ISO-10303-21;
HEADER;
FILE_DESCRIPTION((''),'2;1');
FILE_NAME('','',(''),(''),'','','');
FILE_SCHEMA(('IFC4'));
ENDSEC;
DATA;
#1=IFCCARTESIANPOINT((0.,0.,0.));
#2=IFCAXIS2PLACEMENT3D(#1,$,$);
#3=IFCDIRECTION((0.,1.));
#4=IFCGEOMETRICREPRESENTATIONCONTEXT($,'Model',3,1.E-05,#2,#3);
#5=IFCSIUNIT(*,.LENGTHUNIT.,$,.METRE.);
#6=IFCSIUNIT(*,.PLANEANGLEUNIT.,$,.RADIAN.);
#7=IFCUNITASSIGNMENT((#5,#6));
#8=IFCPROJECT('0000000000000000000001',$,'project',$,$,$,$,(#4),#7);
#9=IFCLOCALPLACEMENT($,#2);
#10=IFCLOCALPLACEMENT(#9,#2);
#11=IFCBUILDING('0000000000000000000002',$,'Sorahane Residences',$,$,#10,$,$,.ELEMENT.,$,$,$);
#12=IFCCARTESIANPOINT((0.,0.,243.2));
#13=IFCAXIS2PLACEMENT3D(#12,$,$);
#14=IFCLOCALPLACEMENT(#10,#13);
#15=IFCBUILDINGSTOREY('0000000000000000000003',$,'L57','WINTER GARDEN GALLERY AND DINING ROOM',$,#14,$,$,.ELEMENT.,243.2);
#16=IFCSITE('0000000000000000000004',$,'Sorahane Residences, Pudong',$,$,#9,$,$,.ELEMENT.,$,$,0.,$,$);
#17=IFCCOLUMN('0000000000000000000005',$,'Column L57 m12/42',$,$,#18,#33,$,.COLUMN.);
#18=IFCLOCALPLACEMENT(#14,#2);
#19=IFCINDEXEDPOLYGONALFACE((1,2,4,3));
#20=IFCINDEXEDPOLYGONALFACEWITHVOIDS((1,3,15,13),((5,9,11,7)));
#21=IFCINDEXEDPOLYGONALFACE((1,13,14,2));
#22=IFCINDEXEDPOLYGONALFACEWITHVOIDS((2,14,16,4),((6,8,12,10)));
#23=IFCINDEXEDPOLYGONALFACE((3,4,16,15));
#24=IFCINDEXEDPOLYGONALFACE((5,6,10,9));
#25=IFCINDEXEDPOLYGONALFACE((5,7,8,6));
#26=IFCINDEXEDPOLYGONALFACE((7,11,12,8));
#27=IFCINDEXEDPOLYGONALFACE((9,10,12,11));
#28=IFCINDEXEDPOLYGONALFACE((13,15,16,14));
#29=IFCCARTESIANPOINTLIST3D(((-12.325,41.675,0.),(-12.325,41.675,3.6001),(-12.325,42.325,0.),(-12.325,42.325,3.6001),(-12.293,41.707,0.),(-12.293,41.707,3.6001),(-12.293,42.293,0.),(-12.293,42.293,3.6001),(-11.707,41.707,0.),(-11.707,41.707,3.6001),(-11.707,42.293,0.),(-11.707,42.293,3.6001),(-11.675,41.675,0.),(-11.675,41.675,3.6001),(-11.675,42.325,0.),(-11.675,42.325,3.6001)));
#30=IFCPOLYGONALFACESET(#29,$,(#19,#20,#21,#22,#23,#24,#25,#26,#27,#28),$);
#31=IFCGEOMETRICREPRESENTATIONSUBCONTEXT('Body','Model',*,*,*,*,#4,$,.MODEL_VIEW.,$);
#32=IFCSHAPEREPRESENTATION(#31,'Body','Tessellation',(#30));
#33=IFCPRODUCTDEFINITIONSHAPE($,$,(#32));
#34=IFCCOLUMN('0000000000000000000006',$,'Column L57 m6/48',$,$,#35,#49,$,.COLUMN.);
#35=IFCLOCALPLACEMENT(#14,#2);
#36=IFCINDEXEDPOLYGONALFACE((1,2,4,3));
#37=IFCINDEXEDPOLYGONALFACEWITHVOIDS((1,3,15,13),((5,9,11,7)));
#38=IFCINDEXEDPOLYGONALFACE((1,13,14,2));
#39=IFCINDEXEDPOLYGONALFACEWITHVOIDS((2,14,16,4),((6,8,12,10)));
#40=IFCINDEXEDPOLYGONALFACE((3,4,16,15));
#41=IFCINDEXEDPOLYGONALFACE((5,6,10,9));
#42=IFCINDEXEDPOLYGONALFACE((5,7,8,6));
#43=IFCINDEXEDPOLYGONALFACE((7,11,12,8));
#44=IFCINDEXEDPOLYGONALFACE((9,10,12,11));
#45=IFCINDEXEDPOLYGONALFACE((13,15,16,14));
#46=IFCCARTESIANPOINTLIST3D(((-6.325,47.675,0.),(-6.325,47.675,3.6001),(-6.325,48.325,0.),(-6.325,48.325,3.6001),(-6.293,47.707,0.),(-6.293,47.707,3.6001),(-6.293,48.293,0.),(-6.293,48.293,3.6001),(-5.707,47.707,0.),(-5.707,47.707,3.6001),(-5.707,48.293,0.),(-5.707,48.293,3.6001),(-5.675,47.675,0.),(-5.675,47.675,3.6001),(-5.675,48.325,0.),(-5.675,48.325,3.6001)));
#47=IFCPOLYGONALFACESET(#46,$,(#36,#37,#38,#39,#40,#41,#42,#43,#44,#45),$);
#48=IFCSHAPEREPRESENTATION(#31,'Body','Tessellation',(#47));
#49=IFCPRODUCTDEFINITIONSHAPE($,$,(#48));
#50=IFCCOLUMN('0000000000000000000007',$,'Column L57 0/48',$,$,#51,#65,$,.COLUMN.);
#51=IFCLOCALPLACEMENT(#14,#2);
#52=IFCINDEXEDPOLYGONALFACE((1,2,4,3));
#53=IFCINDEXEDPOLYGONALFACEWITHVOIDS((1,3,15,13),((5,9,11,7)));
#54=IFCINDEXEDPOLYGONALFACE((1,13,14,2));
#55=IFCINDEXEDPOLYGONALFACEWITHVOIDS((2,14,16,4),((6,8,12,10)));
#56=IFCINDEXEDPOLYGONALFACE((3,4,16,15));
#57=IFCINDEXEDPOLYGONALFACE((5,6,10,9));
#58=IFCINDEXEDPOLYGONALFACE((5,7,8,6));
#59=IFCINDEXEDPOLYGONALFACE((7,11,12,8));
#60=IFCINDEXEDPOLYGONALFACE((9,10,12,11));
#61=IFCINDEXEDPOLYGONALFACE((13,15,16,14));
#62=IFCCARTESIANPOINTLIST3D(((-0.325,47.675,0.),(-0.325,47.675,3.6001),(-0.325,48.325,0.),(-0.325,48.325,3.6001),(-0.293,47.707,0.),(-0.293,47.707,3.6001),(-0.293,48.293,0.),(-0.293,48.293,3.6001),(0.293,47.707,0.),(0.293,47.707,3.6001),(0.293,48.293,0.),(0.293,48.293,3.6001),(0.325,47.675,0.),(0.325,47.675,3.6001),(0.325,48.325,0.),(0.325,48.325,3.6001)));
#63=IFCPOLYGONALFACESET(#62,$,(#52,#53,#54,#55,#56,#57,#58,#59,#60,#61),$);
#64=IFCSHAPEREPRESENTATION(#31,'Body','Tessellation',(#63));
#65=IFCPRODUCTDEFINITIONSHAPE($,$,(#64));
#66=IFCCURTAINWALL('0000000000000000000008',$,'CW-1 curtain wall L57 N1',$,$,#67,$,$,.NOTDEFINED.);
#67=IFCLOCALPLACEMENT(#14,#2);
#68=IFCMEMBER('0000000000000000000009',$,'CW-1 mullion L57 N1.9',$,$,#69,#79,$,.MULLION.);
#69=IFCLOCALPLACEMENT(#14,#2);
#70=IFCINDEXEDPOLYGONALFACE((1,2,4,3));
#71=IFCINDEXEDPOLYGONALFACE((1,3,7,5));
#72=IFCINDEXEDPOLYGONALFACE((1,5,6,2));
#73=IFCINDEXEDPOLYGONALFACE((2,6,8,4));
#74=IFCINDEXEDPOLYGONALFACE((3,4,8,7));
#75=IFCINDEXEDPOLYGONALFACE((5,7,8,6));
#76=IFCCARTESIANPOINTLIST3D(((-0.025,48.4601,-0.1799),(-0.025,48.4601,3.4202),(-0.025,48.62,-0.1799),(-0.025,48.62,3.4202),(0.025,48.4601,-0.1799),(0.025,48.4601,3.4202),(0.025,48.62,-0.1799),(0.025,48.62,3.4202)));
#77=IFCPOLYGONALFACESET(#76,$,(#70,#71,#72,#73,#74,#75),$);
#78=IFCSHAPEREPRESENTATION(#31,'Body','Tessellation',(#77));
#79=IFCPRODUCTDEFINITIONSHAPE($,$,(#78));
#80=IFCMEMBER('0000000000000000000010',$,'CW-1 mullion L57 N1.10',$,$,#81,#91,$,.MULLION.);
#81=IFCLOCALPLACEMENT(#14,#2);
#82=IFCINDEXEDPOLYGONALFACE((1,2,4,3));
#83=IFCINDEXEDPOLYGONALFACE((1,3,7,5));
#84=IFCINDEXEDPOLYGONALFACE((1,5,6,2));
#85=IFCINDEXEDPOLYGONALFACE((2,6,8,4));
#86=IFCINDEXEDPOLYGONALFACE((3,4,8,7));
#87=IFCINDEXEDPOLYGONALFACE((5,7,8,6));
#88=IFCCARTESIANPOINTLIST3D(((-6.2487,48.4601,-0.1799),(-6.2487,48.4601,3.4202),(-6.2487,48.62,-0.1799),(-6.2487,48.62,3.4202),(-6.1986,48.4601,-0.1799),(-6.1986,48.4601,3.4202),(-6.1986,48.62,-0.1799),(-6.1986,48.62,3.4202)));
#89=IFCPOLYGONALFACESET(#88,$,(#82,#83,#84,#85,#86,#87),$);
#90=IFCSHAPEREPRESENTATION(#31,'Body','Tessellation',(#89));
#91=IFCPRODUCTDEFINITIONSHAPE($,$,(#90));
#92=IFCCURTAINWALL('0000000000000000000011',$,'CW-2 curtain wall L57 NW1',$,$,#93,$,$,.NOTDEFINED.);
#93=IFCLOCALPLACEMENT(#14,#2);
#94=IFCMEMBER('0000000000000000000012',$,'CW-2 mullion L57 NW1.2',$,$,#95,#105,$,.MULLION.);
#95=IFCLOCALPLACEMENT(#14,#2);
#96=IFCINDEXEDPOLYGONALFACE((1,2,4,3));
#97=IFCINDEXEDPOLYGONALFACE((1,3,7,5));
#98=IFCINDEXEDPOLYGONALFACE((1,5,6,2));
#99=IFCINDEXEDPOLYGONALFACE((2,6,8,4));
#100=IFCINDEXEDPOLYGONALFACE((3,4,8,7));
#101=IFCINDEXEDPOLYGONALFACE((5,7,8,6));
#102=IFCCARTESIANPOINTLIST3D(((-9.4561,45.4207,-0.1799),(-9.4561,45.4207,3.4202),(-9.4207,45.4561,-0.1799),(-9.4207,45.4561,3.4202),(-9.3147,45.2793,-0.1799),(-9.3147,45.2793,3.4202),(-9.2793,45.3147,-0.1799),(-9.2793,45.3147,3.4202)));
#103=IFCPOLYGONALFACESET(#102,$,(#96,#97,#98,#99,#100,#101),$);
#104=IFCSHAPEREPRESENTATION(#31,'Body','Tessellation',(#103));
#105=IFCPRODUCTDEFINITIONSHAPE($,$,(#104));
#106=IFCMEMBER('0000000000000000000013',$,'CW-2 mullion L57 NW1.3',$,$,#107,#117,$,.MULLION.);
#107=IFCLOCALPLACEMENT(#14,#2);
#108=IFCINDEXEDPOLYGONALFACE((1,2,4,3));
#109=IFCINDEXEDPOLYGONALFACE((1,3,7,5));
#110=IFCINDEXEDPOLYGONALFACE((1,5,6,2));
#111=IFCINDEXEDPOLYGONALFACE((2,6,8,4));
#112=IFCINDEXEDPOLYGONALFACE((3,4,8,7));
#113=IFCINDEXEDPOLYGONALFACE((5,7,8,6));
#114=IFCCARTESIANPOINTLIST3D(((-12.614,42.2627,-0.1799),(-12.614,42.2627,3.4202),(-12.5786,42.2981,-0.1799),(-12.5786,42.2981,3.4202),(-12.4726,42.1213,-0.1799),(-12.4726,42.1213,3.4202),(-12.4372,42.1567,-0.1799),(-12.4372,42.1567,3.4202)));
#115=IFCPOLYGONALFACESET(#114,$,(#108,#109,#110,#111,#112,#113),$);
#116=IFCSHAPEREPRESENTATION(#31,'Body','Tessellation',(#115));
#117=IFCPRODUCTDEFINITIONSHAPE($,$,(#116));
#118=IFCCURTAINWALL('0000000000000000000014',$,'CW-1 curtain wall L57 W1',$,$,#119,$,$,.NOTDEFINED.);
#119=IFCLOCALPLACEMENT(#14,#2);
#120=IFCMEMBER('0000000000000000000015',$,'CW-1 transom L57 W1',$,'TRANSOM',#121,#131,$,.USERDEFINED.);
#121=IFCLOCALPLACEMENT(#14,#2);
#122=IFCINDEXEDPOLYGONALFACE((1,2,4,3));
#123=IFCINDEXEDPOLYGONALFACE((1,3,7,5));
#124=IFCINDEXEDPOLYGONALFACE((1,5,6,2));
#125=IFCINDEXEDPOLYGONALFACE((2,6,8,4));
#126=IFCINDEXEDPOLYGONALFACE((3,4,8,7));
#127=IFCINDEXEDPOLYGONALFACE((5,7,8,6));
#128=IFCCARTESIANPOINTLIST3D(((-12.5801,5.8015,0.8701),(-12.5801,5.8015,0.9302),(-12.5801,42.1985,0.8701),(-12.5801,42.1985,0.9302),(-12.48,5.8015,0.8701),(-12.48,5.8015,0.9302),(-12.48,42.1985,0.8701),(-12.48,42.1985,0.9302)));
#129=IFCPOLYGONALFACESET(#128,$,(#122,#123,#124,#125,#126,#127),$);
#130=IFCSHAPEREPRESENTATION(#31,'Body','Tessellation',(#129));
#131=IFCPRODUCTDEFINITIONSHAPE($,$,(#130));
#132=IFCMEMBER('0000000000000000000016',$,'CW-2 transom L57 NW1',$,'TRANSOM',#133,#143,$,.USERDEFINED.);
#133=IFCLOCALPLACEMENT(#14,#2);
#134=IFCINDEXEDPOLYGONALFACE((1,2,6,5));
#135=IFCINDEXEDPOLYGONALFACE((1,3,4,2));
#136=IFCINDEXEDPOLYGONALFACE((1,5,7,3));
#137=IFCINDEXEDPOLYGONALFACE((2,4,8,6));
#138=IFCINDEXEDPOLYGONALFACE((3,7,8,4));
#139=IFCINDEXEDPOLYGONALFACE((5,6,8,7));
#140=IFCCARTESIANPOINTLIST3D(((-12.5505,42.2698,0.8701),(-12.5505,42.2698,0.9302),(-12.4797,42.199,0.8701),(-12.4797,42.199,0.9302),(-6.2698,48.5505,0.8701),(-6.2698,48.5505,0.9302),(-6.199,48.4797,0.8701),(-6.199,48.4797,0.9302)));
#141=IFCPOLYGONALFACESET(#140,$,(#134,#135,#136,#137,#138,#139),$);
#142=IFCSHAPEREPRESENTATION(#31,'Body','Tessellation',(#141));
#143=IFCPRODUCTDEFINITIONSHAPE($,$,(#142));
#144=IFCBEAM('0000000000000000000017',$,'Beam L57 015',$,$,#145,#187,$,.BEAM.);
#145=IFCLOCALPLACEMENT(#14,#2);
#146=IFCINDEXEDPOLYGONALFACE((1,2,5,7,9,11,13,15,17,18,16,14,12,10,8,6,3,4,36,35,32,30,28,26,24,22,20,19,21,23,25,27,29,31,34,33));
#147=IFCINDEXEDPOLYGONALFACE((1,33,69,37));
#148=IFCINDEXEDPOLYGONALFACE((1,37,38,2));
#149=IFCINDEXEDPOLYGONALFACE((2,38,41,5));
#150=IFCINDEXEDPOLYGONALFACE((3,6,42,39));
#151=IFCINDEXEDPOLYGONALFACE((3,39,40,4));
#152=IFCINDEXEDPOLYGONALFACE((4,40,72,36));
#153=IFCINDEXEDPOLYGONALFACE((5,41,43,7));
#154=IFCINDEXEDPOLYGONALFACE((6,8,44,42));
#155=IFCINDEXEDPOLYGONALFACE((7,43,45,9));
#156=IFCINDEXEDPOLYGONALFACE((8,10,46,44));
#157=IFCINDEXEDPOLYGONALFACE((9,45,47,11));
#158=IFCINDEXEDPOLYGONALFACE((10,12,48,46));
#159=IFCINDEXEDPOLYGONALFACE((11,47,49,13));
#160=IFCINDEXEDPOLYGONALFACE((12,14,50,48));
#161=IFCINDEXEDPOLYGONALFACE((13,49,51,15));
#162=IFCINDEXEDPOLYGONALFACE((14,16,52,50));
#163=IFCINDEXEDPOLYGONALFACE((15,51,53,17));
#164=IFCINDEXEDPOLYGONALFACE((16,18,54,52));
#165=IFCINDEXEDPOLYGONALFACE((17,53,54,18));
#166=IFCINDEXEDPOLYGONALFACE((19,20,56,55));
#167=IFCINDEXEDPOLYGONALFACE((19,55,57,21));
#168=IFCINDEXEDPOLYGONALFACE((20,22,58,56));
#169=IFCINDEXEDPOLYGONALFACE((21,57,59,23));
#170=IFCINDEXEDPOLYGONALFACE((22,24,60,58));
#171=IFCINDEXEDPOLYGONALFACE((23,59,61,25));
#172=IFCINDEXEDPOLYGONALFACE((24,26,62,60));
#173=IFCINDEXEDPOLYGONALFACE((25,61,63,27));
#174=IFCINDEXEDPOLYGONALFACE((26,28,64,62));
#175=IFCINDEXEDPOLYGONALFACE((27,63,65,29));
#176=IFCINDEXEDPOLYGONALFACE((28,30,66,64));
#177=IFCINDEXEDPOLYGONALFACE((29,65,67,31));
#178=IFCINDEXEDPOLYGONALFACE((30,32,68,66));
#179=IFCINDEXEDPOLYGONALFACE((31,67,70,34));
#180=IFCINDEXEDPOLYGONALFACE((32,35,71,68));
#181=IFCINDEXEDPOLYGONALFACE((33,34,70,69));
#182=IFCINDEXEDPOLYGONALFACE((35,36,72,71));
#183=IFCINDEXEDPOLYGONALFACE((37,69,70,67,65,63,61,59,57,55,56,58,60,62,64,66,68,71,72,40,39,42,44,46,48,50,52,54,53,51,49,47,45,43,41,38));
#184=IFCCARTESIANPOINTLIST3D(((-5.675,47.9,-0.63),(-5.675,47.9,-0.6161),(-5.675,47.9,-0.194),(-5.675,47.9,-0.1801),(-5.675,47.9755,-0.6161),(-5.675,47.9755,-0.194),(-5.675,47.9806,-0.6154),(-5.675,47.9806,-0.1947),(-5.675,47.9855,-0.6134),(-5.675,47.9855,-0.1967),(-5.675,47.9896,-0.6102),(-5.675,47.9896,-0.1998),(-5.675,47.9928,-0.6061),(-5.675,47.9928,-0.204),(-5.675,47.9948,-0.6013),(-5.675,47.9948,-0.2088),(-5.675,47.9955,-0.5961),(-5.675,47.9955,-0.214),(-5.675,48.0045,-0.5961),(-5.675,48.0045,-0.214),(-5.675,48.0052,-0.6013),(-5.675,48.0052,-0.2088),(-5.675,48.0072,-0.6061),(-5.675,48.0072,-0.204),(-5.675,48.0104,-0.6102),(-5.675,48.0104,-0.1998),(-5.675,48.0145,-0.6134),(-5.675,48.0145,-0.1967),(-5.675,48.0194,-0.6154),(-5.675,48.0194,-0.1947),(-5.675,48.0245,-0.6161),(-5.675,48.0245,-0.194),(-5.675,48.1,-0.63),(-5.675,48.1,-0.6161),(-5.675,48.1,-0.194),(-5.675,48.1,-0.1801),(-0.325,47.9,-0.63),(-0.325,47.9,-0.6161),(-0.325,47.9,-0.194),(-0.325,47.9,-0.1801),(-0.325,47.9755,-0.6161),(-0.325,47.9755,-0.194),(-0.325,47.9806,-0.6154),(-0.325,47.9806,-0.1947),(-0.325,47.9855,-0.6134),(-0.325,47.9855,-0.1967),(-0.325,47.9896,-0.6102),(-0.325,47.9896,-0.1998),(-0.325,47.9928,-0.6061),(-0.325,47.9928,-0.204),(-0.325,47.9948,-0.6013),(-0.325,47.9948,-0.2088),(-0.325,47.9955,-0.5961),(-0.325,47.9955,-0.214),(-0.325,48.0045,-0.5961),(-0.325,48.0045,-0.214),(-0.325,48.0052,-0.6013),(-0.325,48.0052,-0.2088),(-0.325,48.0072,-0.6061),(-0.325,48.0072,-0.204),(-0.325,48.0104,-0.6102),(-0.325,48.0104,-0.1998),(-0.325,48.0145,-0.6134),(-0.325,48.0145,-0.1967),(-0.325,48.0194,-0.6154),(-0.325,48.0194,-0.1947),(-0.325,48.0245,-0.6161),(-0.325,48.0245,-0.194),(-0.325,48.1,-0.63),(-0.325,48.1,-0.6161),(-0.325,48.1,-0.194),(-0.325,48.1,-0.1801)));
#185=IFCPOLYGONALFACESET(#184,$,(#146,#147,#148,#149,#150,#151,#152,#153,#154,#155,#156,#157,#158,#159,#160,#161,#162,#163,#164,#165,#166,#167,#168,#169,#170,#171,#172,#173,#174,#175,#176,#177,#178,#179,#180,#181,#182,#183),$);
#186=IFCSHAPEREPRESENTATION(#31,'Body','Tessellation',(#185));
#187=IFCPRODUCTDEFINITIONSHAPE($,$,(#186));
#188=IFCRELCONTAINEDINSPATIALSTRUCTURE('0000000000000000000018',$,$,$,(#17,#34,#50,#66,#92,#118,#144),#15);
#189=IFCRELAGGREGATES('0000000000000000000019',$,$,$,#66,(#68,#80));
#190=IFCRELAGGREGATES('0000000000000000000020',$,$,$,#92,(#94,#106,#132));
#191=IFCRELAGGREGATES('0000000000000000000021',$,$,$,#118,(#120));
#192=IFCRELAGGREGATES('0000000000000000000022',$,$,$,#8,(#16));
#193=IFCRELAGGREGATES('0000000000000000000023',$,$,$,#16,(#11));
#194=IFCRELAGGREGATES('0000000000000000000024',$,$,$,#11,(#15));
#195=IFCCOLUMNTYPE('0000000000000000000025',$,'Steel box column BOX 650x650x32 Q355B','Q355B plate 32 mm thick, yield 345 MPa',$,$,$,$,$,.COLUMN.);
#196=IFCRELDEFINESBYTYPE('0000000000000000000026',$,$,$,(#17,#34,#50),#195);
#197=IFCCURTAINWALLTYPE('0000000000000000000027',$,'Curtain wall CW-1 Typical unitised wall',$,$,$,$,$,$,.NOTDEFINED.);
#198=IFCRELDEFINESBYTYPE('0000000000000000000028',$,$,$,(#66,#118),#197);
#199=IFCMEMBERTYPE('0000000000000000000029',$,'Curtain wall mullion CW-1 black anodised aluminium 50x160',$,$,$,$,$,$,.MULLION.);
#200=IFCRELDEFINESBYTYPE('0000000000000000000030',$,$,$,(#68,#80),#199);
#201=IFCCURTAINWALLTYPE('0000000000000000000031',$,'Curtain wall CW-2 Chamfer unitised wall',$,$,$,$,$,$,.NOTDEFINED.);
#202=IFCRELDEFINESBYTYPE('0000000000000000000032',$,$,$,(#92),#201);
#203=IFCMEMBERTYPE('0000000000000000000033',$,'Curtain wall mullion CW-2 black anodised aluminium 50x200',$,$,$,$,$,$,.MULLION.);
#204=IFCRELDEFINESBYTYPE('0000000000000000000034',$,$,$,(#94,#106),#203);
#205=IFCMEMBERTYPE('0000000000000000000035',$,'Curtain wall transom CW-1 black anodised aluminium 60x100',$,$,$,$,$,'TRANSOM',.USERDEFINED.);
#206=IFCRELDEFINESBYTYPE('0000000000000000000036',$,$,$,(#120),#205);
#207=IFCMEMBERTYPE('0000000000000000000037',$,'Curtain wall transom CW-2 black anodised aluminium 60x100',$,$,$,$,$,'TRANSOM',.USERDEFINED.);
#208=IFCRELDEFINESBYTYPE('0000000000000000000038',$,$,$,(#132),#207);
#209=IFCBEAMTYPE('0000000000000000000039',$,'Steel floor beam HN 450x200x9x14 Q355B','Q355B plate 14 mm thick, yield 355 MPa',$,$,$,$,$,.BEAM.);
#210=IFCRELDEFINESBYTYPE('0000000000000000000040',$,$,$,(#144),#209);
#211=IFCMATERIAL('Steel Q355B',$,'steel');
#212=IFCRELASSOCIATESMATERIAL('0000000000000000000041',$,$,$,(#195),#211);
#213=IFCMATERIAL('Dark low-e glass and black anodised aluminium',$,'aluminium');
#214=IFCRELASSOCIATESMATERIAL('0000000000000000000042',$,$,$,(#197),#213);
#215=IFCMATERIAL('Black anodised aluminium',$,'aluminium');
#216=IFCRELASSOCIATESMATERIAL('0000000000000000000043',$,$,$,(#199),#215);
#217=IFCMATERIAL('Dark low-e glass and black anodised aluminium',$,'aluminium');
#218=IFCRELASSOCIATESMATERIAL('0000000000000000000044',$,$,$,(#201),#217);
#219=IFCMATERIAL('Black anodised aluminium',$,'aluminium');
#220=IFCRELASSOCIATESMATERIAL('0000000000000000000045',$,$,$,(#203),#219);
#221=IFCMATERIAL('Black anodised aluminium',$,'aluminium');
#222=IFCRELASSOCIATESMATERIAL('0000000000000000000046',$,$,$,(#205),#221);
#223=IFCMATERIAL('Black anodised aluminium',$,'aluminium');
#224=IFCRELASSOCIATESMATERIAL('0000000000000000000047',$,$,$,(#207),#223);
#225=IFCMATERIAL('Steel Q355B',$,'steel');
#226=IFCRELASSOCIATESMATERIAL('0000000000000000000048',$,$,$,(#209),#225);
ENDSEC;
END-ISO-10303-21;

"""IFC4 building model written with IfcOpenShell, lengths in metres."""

from ifc_helpers import new_model, si_unit, direction, frame, origin, origin_2d, place, context, subcontext, project, spatial, rectangle, hollow_rectangle, i_section, extrude, material, material_profile, profile_set, type_object, element, aggregate, save


model = new_model("IFC4")

# Units and contexts
model_context = context("Model", 3, precision=1e-05, world=origin(), true_north=direction((0.0, 1.0)))
body_context = subcontext(model_context, "Body", "Model", "MODEL_VIEW")
ifc_project = project(units=[si_unit("LENGTHUNIT", "METRE"), si_unit("PLANEANGLEUNIT", "RADIAN")], contexts=[model_context])

# Site, building, storey
site_placement = place(None, origin())
site = spatial("IfcSite", under=ifc_project, at=site_placement, Name="Sorahane Residences, Pudong", CompositionType="ELEMENT", RefElevation=0.0)
building_placement = place(site_placement, origin())
building = spatial("IfcBuilding", under=site, at=building_placement, Name="Sorahane Residences", CompositionType="ELEMENT")
storey_placement = place(building_placement, frame((0.0, 0.0, 243.2)))
storey = spatial("IfcBuildingStorey", under=building, at=storey_placement, Name="L57", Description="WINTER GARDEN GALLERY AND DINING ROOM", CompositionType="ELEMENT", Elevation=243.2)

# Columns
ifc_material_1 = material(Name="Steel Q355B", Category="steel")
ifc_material_profile_1 = material_profile(ifc_material_1, hollow_rectangle(XDim=0.6499, YDim=0.6499, WallThickness=0.032, at=origin_2d()), Name="BOX 650x650x32")
ifc_profile_set_1 = profile_set([ifc_material_profile_1], Name="Steel Q355B")
column_type = type_object("IfcColumnType", Name="Steel box column BOX 650x650x32 Q355B", Description="Q355B plate 32 mm thick, yield 345 MPa", PredefinedType="COLUMN", material=ifc_profile_set_1)
for number, where, z_axis, x_axis, name in (
    (1, (-12.0, 42.0, 0.0), (0.0, 0.0, 1.0), (1.0, 0.0, 0.0), "Column L57 m12/42"),
    (2, (-6.0, 48.0, 0.0), (0.0, 0.0, 1.0), (1.0, 0.0, 0.0), "Column L57 m6/48"),
    (3, (0.0, 48.0, 0.0), (0.0, 0.0, 1.0), (1.0, 0.0, 0.0), "Column L57 0/48"),
):
    element("IfcColumn", number, at=place(storey_placement, frame(where, z_axis=z_axis, x_axis=x_axis)), inside=storey, type_object=column_type, Name=name, PredefinedType="COLUMN", context=body_context, shape_type="SweptSolid", body=[
        extrude(hollow_rectangle(XDim=0.6499, YDim=0.6499, WallThickness=0.032, at=origin_2d()), origin(), (0.0, 0.0, 1.0), 3.6001),
    ])

# Curtain walls, members
ifc_material_2 = material(Name="Dark low-e glass and black anodised aluminium", Category="aluminium")
curtain_wall_type_1 = type_object("IfcCurtainWallType", Name="Curtain wall CW-1 Typical unitised wall", PredefinedType="NOTDEFINED", material=ifc_material_2)
curtain_wall_1_placement = place(storey_placement, origin())
curtain_wall_1 = element("IfcCurtainWall", 4, at=curtain_wall_1_placement, inside=storey, type_object=curtain_wall_type_1, Name="CW-1 curtain wall L57 N1", PredefinedType="NOTDEFINED")
ifc_material_3 = material(Name="Black anodised aluminium", Category="aluminium")
ifc_material_profile_2 = material_profile(ifc_material_3, rectangle(XDim=0.1599, YDim=0.05, at=origin_2d()), Name="Curtain wall mullion CW-1 black anodised aluminium 50x160")
ifc_profile_set_2 = profile_set([ifc_material_profile_2], Name="Black anodised aluminium")
member_type_1 = type_object("IfcMemberType", Name="Curtain wall mullion CW-1 black anodised aluminium 50x160", PredefinedType="MULLION", material=ifc_profile_set_2)
member_1_placement = place(storey_placement, frame((0.0, 48.54, -0.1799), z_axis=(0.0, 0.0, 1.0), x_axis=(0.0, 1.0, 0.0)))
member_1 = element("IfcMember", 5, at=member_1_placement, type_object=member_type_1, Name="CW-1 mullion L57 N1.9", PredefinedType="MULLION", context=body_context, shape_type="SweptSolid", body=[
    extrude(rectangle(XDim=0.1599, YDim=0.05, at=origin_2d()), origin(), (0.0, 0.0, 1.0), 3.6001),
])
member_2_placement = place(storey_placement, frame((-6.2236, 48.54, -0.1799), z_axis=(0.0, 0.0, 1.0), x_axis=(0.0, 1.0, 0.0)))
member_2 = element("IfcMember", 6, at=member_2_placement, type_object=member_type_1, Name="CW-1 mullion L57 N1.10", PredefinedType="MULLION", context=body_context, shape_type="SweptSolid", body=[
    extrude(rectangle(XDim=0.1599, YDim=0.05, at=origin_2d()), origin(), (0.0, 0.0, 1.0), 3.6001),
])
ifc_material_4 = material(Name="Dark low-e glass and black anodised aluminium", Category="aluminium")
curtain_wall_type_2 = type_object("IfcCurtainWallType", Name="Curtain wall CW-2 Chamfer unitised wall", PredefinedType="NOTDEFINED", material=ifc_material_4)
curtain_wall_2_placement = place(storey_placement, origin())
curtain_wall_2 = element("IfcCurtainWall", 7, at=curtain_wall_2_placement, inside=storey, type_object=curtain_wall_type_2, Name="CW-2 curtain wall L57 NW1", PredefinedType="NOTDEFINED")
ifc_material_5 = material(Name="Black anodised aluminium", Category="aluminium")
ifc_material_profile_3 = material_profile(ifc_material_5, rectangle(XDim=0.2, YDim=0.05, at=origin_2d()), Name="Curtain wall mullion CW-2 black anodised aluminium 50x200")
ifc_profile_set_3 = profile_set([ifc_material_profile_3], Name="Black anodised aluminium")
member_type_2 = type_object("IfcMemberType", Name="Curtain wall mullion CW-2 black anodised aluminium 50x200", PredefinedType="MULLION", material=ifc_profile_set_3)
member_3_placement = place(storey_placement, frame((-9.3677, 45.3677, -0.1799), z_axis=(0.0, 0.0, 1.0), x_axis=(-0.707107, 0.707107, 0.0)))
member_3 = element("IfcMember", 8, at=member_3_placement, type_object=member_type_2, Name="CW-2 mullion L57 NW1.2", PredefinedType="MULLION", context=body_context, shape_type="SweptSolid", body=[
    extrude(rectangle(XDim=0.2, YDim=0.05, at=origin_2d()), origin(), (0.0, 0.0, 1.0), 3.6001),
])
member_4_placement = place(storey_placement, frame((-12.5256, 42.2097, -0.1799), z_axis=(0.0, 0.0, 1.0), x_axis=(-0.707107, 0.707107, 0.0)))
member_4 = element("IfcMember", 9, at=member_4_placement, type_object=member_type_2, Name="CW-2 mullion L57 NW1.3", PredefinedType="MULLION", context=body_context, shape_type="SweptSolid", body=[
    extrude(rectangle(XDim=0.2, YDim=0.05, at=origin_2d()), origin(), (0.0, 0.0, 1.0), 3.6001),
])

# Curtain wall, member
curtain_wall_3_placement = place(storey_placement, origin())
curtain_wall_3 = element("IfcCurtainWall", 10, at=curtain_wall_3_placement, inside=storey, type_object=curtain_wall_type_1, Name="CW-1 curtain wall L57 W1", PredefinedType="NOTDEFINED")
ifc_material_6 = material(Name="Black anodised aluminium", Category="aluminium")
ifc_material_profile_4 = material_profile(ifc_material_6, rectangle(XDim=0.1001, YDim=0.0601, at=origin_2d()), Name="Curtain wall transom CW-1 black anodised aluminium 60x100")
ifc_profile_set_4 = profile_set([ifc_material_profile_4], Name="Black anodised aluminium")
member_type_3 = type_object("IfcMemberType", Name="Curtain wall transom CW-1 black anodised aluminium 60x100", ElementType="TRANSOM", PredefinedType="USERDEFINED", material=ifc_profile_set_4)
member_5_placement = place(storey_placement, frame((-12.53, 42.1985, 0.9001), z_axis=(0.0, -1.0, 0.0), x_axis=(1.0, 0.0, 0.0)))
member_5 = element("IfcMember", 11, at=member_5_placement, type_object=member_type_3, Name="CW-1 transom L57 W1", ObjectType="TRANSOM", PredefinedType="USERDEFINED", context=body_context, shape_type="SweptSolid", body=[
    extrude(rectangle(XDim=0.1001, YDim=0.0601, at=origin_2d()), origin(), (0.0, 0.0, 1.0), 36.397),
])

# Member
ifc_material_7 = material(Name="Black anodised aluminium", Category="aluminium")
ifc_material_profile_5 = material_profile(ifc_material_7, rectangle(XDim=0.1001, YDim=0.0601, at=origin_2d()), Name="Curtain wall transom CW-2 black anodised aluminium 60x100")
ifc_profile_set_5 = profile_set([ifc_material_profile_5], Name="Black anodised aluminium")
member_type_4 = type_object("IfcMemberType", Name="Curtain wall transom CW-2 black anodised aluminium 60x100", ElementType="TRANSOM", PredefinedType="USERDEFINED", material=ifc_profile_set_5)
member_6_placement = place(storey_placement, frame((-6.2344, 48.5151, 0.9001), z_axis=(-0.707107, -0.707107, 0.0), x_axis=(0.707107, -0.707107, 0.0)))
member_6 = element("IfcMember", 12, at=member_6_placement, type_object=member_type_4, Name="CW-2 transom L57 NW1", ObjectType="TRANSOM", PredefinedType="USERDEFINED", context=body_context, shape_type="SweptSolid", body=[
    extrude(rectangle(XDim=0.1001, YDim=0.0601, at=origin_2d()), origin(), (0.0, 0.0, 1.0), 8.8823),
])

# Beam
ifc_material_8 = material(Name="Steel Q355B", Category="steel")
ifc_material_profile_6 = material_profile(ifc_material_8, i_section(OverallWidth=0.2, OverallDepth=0.45, WebThickness=0.009, FlangeThickness=0.0139, FilletRadius=0.02, at=origin_2d()), Name="HN 450x200x9x14")
ifc_profile_set_6 = profile_set([ifc_material_profile_6], Name="Steel Q355B")
beam_type_1 = type_object("IfcBeamType", Name="Steel floor beam HN 450x200x9x14 Q355B", Description="Q355B plate 14 mm thick, yield 355 MPa", PredefinedType="BEAM", material=ifc_profile_set_6)
beam_1_placement = place(storey_placement, frame((-5.675, 48.0, -0.405), z_axis=(1.0, 0.0, 0.0), x_axis=(0.0, 1.0, 0.0)))
element("IfcBeam", 13, at=beam_1_placement, inside=storey, type_object=beam_type_1, Name="Beam L57 015", PredefinedType="BEAM", context=body_context, shape_type="SweptSolid", body=[
    extrude(i_section(OverallWidth=0.2, OverallDepth=0.45, WebThickness=0.009, FlangeThickness=0.0139, FilletRadius=0.02, at=origin_2d()), origin(), (0.0, 0.0, 1.0), 5.3501),
])

aggregate(curtain_wall_1, [member_1, member_2])
aggregate(curtain_wall_2, [member_3, member_4, member_6])
aggregate(curtain_wall_3, [member_5])

save(model, "model.ifc")
